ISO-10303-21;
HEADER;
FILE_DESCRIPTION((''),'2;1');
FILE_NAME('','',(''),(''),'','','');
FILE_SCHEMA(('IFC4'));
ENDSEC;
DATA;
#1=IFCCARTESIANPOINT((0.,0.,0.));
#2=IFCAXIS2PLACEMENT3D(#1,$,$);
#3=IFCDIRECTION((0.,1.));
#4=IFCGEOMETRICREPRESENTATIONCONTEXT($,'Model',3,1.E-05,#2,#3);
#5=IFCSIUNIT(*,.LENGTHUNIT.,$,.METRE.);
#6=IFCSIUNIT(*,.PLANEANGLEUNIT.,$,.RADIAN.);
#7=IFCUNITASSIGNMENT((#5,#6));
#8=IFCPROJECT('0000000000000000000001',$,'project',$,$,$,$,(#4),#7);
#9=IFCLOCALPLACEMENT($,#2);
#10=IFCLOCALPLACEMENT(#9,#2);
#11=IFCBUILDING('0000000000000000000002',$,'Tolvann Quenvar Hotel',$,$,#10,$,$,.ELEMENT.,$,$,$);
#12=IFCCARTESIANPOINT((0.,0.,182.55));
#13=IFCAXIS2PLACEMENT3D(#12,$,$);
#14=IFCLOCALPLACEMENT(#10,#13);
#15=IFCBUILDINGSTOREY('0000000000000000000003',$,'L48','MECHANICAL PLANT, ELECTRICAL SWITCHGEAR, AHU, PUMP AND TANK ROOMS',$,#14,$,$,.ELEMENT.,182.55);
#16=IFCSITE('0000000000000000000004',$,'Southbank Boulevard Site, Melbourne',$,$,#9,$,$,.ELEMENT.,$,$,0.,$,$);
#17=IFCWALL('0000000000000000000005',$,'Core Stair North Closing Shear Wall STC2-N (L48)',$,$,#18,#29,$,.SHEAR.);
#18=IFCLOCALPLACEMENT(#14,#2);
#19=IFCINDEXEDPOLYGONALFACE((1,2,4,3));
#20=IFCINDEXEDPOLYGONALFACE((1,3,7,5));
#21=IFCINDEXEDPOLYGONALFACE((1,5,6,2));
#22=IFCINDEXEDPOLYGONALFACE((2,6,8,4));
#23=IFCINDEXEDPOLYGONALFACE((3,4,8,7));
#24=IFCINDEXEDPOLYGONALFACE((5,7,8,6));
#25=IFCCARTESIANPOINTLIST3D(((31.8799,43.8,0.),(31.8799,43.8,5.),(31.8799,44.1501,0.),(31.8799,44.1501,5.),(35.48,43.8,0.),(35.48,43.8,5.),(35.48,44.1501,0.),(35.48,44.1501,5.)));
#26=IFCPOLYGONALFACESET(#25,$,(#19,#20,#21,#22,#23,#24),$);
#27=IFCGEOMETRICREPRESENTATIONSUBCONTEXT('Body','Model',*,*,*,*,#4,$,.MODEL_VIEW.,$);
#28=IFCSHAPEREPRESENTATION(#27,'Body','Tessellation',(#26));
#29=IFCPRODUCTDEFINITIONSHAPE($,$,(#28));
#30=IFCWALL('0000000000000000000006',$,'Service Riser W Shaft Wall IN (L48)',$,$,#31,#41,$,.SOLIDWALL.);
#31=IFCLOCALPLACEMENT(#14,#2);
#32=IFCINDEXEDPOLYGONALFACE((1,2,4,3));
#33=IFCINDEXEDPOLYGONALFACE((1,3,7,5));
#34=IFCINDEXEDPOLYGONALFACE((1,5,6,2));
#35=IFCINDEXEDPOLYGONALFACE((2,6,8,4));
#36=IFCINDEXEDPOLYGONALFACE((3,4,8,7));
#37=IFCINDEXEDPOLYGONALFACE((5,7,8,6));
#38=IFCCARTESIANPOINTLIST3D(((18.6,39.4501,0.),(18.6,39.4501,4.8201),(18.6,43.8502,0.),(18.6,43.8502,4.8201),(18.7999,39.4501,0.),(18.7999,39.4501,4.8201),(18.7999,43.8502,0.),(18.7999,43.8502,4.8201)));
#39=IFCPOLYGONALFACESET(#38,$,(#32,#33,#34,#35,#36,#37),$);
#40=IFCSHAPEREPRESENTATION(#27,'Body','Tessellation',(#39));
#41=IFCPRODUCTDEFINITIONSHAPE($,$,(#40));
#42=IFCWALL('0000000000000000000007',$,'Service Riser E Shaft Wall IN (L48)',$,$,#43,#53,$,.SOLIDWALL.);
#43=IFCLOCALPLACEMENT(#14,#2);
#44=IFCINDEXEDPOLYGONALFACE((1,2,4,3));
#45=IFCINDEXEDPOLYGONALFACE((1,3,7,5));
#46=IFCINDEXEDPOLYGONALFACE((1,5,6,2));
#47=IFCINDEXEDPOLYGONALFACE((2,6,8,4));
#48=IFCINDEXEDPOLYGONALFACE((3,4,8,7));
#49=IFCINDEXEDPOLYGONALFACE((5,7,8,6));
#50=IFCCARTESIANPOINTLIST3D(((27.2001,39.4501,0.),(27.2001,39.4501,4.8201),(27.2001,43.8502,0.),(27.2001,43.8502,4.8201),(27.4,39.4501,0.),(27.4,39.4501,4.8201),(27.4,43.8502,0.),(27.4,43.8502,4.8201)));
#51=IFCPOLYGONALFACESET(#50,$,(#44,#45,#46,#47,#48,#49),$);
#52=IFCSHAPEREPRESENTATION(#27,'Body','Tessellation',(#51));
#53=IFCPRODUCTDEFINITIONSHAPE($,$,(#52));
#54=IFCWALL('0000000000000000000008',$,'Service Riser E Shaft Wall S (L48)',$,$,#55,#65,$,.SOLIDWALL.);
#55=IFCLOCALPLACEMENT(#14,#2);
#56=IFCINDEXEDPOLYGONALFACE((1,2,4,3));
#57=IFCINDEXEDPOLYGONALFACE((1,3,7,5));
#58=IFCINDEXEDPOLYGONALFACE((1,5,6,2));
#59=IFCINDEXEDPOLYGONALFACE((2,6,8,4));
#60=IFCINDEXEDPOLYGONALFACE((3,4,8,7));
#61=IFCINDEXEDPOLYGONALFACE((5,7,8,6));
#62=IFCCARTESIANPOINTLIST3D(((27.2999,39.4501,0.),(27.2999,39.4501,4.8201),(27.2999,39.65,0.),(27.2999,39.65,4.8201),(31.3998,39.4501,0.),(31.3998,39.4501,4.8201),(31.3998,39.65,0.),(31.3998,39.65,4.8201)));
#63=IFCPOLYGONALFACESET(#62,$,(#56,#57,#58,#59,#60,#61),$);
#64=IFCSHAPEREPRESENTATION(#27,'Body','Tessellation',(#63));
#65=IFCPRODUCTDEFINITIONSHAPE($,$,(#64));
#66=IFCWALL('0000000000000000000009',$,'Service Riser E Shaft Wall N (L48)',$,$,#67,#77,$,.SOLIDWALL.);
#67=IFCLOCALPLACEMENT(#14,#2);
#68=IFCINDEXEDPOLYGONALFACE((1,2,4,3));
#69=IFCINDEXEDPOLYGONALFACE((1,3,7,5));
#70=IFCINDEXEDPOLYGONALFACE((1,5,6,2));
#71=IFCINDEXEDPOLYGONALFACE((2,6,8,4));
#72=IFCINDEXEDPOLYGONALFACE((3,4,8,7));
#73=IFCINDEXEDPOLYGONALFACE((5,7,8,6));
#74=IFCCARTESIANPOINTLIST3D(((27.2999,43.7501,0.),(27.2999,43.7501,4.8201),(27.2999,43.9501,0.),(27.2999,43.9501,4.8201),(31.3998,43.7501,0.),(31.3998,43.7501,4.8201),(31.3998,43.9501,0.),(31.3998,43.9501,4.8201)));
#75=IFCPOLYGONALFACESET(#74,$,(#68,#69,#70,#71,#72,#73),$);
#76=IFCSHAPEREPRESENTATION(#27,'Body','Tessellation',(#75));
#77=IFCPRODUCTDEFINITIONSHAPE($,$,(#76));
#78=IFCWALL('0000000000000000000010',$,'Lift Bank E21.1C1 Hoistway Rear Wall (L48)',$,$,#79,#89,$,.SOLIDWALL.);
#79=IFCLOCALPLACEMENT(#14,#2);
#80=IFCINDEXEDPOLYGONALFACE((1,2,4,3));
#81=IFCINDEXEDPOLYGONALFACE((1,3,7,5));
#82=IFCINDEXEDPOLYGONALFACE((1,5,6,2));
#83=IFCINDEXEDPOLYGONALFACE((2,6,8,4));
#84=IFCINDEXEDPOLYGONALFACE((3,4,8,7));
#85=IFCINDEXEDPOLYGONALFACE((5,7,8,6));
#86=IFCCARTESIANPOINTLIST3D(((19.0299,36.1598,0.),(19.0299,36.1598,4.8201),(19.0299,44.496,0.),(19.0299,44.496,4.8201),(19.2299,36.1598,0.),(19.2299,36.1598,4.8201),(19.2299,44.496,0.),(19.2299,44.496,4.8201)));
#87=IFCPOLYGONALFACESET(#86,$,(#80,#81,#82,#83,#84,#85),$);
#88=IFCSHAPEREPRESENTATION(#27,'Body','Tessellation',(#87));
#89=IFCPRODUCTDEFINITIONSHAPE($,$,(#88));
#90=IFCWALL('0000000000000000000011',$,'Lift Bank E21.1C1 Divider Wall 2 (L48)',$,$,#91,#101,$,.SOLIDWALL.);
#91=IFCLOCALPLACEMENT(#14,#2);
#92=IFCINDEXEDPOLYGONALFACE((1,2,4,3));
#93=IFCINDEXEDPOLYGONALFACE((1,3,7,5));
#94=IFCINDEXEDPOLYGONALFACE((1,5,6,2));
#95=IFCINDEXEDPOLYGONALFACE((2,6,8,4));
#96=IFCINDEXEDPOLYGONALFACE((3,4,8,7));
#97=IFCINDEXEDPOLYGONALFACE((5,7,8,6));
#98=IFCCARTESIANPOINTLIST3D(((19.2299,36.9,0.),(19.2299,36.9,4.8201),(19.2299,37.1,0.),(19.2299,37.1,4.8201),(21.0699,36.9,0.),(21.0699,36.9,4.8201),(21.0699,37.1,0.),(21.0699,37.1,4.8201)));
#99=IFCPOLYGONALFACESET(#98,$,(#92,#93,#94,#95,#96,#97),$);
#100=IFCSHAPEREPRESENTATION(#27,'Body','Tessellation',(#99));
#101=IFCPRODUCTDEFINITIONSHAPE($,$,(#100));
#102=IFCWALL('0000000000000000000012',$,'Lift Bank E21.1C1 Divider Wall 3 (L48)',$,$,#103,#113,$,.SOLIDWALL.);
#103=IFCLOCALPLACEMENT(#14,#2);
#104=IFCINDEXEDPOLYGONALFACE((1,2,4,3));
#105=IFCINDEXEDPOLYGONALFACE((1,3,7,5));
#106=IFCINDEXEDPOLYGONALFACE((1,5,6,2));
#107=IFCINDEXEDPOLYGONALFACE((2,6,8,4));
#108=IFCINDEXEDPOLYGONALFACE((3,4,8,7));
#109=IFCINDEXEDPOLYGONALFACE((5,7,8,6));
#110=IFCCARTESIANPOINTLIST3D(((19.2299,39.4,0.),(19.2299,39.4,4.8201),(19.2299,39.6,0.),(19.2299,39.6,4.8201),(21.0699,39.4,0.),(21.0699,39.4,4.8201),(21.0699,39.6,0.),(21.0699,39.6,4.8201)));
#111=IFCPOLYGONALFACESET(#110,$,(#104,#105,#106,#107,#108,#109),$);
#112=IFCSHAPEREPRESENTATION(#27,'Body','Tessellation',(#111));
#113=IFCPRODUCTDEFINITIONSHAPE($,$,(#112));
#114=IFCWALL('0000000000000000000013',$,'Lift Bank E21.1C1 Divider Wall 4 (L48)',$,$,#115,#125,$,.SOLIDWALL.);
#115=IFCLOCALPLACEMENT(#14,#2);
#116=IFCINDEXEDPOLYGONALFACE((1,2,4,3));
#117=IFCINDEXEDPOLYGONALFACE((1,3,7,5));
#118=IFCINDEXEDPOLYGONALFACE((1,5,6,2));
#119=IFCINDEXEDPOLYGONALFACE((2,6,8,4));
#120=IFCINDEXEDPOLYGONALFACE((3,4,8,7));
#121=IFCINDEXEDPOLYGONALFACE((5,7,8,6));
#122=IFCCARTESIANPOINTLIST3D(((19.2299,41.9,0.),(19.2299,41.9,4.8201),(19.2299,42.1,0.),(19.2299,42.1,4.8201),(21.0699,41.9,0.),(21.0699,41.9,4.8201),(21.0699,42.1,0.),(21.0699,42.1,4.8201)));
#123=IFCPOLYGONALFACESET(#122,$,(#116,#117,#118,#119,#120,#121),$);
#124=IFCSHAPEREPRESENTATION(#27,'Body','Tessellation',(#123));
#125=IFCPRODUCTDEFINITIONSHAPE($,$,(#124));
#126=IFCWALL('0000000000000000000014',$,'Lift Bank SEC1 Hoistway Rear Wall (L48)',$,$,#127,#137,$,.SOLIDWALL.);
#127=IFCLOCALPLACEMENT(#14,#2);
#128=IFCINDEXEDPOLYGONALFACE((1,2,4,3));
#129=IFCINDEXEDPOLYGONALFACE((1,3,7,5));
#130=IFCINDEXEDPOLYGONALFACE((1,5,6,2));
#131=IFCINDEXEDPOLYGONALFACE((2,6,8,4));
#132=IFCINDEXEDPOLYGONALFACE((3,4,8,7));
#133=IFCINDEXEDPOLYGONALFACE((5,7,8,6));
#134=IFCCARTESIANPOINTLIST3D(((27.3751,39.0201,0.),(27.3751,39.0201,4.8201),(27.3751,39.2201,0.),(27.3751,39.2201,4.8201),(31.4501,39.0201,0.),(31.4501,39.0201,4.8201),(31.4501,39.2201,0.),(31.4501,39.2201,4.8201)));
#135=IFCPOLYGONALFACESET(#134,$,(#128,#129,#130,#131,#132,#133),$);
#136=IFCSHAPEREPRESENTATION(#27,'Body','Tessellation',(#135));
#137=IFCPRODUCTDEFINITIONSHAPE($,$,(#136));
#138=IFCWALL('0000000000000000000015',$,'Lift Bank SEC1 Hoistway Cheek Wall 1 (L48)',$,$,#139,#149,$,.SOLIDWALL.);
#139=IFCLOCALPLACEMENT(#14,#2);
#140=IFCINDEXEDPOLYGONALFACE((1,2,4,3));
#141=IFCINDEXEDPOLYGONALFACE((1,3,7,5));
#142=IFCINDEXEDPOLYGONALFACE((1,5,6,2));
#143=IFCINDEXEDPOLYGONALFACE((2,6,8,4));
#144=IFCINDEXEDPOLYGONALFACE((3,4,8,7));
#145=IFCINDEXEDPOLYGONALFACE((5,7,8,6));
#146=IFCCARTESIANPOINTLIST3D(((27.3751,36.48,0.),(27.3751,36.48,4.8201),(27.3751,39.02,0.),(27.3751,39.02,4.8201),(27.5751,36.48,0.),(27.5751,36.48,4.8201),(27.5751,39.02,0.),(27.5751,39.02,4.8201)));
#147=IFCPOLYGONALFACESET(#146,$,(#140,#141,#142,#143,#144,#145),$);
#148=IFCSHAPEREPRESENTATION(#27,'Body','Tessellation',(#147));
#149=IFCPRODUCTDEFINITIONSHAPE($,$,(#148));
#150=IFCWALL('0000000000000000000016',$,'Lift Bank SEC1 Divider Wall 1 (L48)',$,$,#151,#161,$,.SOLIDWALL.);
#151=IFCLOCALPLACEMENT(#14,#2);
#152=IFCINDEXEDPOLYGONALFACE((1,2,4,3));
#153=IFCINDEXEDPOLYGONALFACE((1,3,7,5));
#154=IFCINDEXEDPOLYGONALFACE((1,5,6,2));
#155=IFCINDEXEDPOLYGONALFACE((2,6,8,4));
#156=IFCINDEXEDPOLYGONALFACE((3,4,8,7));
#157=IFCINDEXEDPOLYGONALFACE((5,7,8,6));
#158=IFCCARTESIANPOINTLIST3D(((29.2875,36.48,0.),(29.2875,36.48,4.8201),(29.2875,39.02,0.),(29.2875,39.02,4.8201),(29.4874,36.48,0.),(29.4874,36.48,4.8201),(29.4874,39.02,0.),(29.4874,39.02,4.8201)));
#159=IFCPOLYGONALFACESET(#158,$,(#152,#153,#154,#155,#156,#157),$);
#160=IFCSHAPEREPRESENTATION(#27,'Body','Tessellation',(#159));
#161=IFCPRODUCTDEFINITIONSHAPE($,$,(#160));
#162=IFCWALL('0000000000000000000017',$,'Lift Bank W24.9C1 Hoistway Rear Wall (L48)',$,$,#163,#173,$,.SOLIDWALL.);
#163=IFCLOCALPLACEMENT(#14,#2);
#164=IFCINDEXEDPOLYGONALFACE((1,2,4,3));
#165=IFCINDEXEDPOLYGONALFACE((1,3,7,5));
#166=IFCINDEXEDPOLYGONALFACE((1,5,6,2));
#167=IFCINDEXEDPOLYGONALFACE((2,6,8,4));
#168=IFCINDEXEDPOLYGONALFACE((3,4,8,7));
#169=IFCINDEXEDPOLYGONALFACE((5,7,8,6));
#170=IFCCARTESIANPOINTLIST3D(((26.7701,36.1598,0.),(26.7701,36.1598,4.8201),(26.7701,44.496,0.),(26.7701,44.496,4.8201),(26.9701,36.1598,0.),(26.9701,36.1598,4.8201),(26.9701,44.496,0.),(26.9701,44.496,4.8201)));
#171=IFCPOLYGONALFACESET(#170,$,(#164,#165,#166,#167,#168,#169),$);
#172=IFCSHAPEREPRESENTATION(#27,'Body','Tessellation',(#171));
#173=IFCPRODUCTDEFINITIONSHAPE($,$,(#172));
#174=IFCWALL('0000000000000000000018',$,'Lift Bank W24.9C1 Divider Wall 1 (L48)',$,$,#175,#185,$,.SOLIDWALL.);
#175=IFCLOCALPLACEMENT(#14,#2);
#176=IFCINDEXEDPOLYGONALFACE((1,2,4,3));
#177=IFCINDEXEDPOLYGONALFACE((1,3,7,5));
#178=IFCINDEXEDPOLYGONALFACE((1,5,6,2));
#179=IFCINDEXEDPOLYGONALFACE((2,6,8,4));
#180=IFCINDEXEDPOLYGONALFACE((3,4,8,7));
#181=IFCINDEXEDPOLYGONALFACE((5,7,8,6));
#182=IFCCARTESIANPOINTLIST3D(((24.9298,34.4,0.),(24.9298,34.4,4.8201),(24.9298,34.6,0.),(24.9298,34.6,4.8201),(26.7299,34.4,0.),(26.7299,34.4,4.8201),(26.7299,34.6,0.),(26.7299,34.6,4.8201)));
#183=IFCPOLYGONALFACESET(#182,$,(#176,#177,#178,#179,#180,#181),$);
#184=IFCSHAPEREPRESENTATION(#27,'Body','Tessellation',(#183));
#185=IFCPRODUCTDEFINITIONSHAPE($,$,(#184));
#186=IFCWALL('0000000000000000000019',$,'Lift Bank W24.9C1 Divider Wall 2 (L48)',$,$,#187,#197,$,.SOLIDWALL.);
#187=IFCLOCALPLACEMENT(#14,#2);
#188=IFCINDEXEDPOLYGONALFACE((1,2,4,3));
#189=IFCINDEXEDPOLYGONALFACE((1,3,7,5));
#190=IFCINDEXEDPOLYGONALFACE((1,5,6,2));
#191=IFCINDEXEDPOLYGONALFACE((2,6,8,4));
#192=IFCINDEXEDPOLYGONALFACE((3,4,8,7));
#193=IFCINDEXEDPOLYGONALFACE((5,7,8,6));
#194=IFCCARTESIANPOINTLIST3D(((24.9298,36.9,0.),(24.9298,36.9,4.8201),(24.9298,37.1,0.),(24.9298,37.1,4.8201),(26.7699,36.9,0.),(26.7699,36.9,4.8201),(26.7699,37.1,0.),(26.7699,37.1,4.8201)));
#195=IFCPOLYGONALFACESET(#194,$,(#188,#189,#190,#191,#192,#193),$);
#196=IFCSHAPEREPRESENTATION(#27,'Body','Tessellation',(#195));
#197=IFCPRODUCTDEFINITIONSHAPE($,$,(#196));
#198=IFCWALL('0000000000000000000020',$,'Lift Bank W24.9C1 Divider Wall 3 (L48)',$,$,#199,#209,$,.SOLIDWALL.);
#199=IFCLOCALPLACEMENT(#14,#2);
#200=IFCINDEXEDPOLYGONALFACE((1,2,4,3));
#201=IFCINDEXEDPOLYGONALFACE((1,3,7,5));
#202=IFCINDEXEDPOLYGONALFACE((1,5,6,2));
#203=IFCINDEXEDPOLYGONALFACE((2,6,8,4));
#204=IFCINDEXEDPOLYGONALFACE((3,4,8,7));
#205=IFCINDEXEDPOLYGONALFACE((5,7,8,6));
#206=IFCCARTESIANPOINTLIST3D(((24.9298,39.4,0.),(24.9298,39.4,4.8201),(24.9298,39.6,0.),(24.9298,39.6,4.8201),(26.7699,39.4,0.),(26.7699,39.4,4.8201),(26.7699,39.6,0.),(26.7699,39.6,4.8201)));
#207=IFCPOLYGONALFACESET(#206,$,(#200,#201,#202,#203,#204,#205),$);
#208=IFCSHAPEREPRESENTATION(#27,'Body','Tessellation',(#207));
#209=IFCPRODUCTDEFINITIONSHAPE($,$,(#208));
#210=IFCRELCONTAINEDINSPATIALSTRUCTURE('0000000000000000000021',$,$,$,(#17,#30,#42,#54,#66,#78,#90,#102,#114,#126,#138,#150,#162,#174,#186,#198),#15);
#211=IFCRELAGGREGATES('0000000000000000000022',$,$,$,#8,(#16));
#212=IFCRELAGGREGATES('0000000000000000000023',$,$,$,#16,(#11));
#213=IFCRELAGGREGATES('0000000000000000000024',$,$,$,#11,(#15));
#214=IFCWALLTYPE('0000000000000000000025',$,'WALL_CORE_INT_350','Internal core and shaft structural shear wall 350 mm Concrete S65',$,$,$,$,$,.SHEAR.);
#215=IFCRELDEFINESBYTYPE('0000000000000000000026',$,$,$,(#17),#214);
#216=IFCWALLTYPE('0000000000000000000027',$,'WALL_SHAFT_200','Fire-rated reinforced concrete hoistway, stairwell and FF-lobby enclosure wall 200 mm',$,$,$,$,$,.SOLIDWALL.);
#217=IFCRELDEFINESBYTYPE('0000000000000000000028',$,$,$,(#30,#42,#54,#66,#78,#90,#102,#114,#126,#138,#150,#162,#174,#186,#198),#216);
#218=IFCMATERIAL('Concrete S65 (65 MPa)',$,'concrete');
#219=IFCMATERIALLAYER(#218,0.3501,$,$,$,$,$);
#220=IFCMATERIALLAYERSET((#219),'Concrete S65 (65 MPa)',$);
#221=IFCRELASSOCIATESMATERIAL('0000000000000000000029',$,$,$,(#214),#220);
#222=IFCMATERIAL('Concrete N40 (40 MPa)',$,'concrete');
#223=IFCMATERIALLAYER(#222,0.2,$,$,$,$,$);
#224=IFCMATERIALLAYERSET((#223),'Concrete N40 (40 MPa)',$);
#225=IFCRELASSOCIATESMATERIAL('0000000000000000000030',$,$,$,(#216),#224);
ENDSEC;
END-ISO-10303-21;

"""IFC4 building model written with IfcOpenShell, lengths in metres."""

from ifc_helpers import new_model, si_unit, direction, frame, frame_2d, origin, place, context, subcontext, project, spatial, rectangle, extrude, material, layer, layer_set, type_object, element, save


model = new_model("IFC4")

# Units and contexts
model_context = context("Model", 3, precision=1e-05, world=origin(), true_north=direction((0.0, 1.0)))
body_context = subcontext(model_context, "Body", "Model", "MODEL_VIEW")
ifc_project = project(units=[si_unit("LENGTHUNIT", "METRE"), si_unit("PLANEANGLEUNIT", "RADIAN")], contexts=[model_context])

# Site, building, storey
site_placement = place(None, origin())
site = spatial("IfcSite", under=ifc_project, at=site_placement, Name="Southbank Boulevard Site, Melbourne", CompositionType="ELEMENT", RefElevation=0.0)
building_placement = place(site_placement, origin())
building = spatial("IfcBuilding", under=site, at=building_placement, Name="Tolvann Quenvar Hotel", CompositionType="ELEMENT")
storey_placement = place(building_placement, frame((0.0, 0.0, 182.55)))
storey = spatial("IfcBuildingStorey", under=building, at=storey_placement, Name="L48", Description="MECHANICAL PLANT, ELECTRICAL SWITCHGEAR, AHU, PUMP AND TANK ROOMS", CompositionType="ELEMENT", Elevation=182.55)

# Walls
ifc_material_1 = material(Name="Concrete S65 (65 MPa)", Category="concrete")
ifc_layer_1 = layer(ifc_material_1, 0.3501)
ifc_layer_set_1 = layer_set([ifc_layer_1], Name="Concrete S65 (65 MPa)")
wall_type_1 = type_object("IfcWallType", Name="WALL_CORE_INT_350", Description="Internal core and shaft structural shear wall 350 mm Concrete S65", PredefinedType="SHEAR", material=ifc_layer_set_1)
wall_1_placement = place(storey_placement, frame((31.8799, 43.9751, 0.0), z_axis=(0.0, 0.0, 1.0), x_axis=(1.0, 0.0, 0.0)))
element("IfcWall", 1, at=wall_1_placement, inside=storey, type_object=wall_type_1, Name="Core Stair North Closing Shear Wall STC2-N (L48)", PredefinedType="SHEAR", context=body_context, shape_type="SweptSolid", body=[
    extrude(rectangle(XDim=3.6001, YDim=0.3501, at=frame_2d((1.8, 0.0))), origin(), (0.0, 0.0, 1.0), 5.0),
])
ifc_material_2 = material(Name="Concrete N40 (40 MPa)", Category="concrete")
ifc_layer_2 = layer(ifc_material_2, 0.2)
ifc_layer_set_2 = layer_set([ifc_layer_2], Name="Concrete N40 (40 MPa)")
wall_type_2 = type_object("IfcWallType", Name="WALL_SHAFT_200", Description="Fire-rated reinforced concrete hoistway, stairwell and FF-lobby enclosure wall 200 mm", PredefinedType="SOLIDWALL", material=ifc_layer_set_2)
for number, where, z_axis, x_axis, name in (
    (2, (18.7, 39.45, 0.0), (0.0, 0.0, 1.0), (0.0, 1.0, 0.0), "Service Riser W Shaft Wall IN (L48)"),
    (3, (27.3, 39.45, 0.0), (0.0, 0.0, 1.0), (0.0, 1.0, 0.0), "Service Riser E Shaft Wall IN (L48)"),
):
    element("IfcWall", number, at=place(storey_placement, frame(where, z_axis=z_axis, x_axis=x_axis)), inside=storey, type_object=wall_type_2, Name=name, PredefinedType="SOLIDWALL", context=body_context, shape_type="SweptSolid", body=[
        extrude(rectangle(XDim=4.4001, YDim=0.2, at=frame_2d((2.2002, 0.0))), origin(), (0.0, 0.0, 1.0), 4.8201),
    ])
for number, where, z_axis, x_axis, name in (
    (4, (27.3, 39.55, 0.0), (0.0, 0.0, 1.0), (1.0, 0.0, 0.0), "Service Riser E Shaft Wall S (L48)"),
    (5, (27.3, 43.8501, 0.0), (0.0, 0.0, 1.0), (1.0, 0.0, 0.0), "Service Riser E Shaft Wall N (L48)"),
):
    element("IfcWall", number, at=place(storey_placement, frame(where, z_axis=z_axis, x_axis=x_axis)), inside=storey, type_object=wall_type_2, Name=name, PredefinedType="SOLIDWALL", context=body_context, shape_type="SweptSolid", body=[
        extrude(rectangle(XDim=4.0999, YDim=0.2, at=frame_2d((2.0498, 0.0))), origin(), (0.0, 0.0, 1.0), 4.8201),
    ])
wall_2_placement = place(storey_placement, frame((19.1299, 36.1599, 0.0), z_axis=(0.0, 0.0, 1.0), x_axis=(0.0, 1.0, 0.0)))
element("IfcWall", 6, at=wall_2_placement, inside=storey, type_object=wall_type_2, Name="Lift Bank E21.1C1 Hoistway Rear Wall (L48)", PredefinedType="SOLIDWALL", context=body_context, shape_type="SweptSolid", body=[
    extrude(rectangle(XDim=8.3362, YDim=0.2, at=frame_2d((4.168, 0.0))), origin(), (0.0, 0.0, 1.0), 4.8201),
])
for number, where, z_axis, x_axis, name in (
    (7, (19.23, 37.0, 0.0), (0.0, 0.0, 1.0), (1.0, 0.0, 0.0), "Lift Bank E21.1C1 Divider Wall 2 (L48)"),
    (8, (19.23, 39.5, 0.0), (0.0, 0.0, 1.0), (1.0, 0.0, 0.0), "Lift Bank E21.1C1 Divider Wall 3 (L48)"),
    (9, (19.23, 42.0, 0.0), (0.0, 0.0, 1.0), (1.0, 0.0, 0.0), "Lift Bank E21.1C1 Divider Wall 4 (L48)"),
):
    element("IfcWall", number, at=place(storey_placement, frame(where, z_axis=z_axis, x_axis=x_axis)), inside=storey, type_object=wall_type_2, Name=name, PredefinedType="SOLIDWALL", context=body_context, shape_type="SweptSolid", body=[
        extrude(rectangle(XDim=1.8401, YDim=0.2, at=frame_2d((0.9199, 0.0))), origin(), (0.0, 0.0, 1.0), 4.8201),
    ])

# Walls
wall_3_placement = place(storey_placement, frame((27.375, 39.1201, 0.0), z_axis=(0.0, 0.0, 1.0), x_axis=(1.0, 0.0, 0.0)))
element("IfcWall", 10, at=wall_3_placement, inside=storey, type_object=wall_type_2, Name="Lift Bank SEC1 Hoistway Rear Wall (L48)", PredefinedType="SOLIDWALL", context=body_context, shape_type="SweptSolid", body=[
    extrude(rectangle(XDim=4.075, YDim=0.2, at=frame_2d((2.0376, 0.0))), origin(), (0.0, 0.0, 1.0), 4.8201),
])
for number, where, z_axis, x_axis, name in (
    (11, (27.4751, 36.48, 0.0), (0.0, 0.0, 1.0), (0.0, 1.0, 0.0), "Lift Bank SEC1 Hoistway Cheek Wall 1 (L48)"),
    (12, (29.3875, 36.48, 0.0), (0.0, 0.0, 1.0), (0.0, 1.0, 0.0), "Lift Bank SEC1 Divider Wall 1 (L48)"),
):
    element("IfcWall", number, at=place(storey_placement, frame(where, z_axis=z_axis, x_axis=x_axis)), inside=storey, type_object=wall_type_2, Name=name, PredefinedType="SOLIDWALL", context=body_context, shape_type="SweptSolid", body=[
        extrude(rectangle(XDim=2.54, YDim=0.2, at=frame_2d((1.27, 0.0))), origin(), (0.0, 0.0, 1.0), 4.8201),
    ])
wall_4_placement = place(storey_placement, frame((26.8701, 36.1599, 0.0), z_axis=(0.0, 0.0, 1.0), x_axis=(0.0, 1.0, 0.0)))
element("IfcWall", 13, at=wall_4_placement, inside=storey, type_object=wall_type_2, Name="Lift Bank W24.9C1 Hoistway Rear Wall (L48)", PredefinedType="SOLIDWALL", context=body_context, shape_type="SweptSolid", body=[
    extrude(rectangle(XDim=8.3362, YDim=0.2, at=frame_2d((4.168, 0.0))), origin(), (0.0, 0.0, 1.0), 4.8201),
])
wall_5_placement = place(storey_placement, frame((24.9299, 34.5, 0.0), z_axis=(0.0, 0.0, 1.0), x_axis=(1.0, 0.0, 0.0)))
element("IfcWall", 14, at=wall_5_placement, inside=storey, type_object=wall_type_2, Name="Lift Bank W24.9C1 Divider Wall 1 (L48)", PredefinedType="SOLIDWALL", context=body_context, shape_type="SweptSolid", body=[
    extrude(rectangle(XDim=1.8, YDim=0.2, at=frame_2d((0.8999, 0.0))), origin(), (0.0, 0.0, 1.0), 4.8201),
])
for number, where, z_axis, x_axis, name in (
    (15, (24.9299, 37.0, 0.0), (0.0, 0.0, 1.0), (1.0, 0.0, 0.0), "Lift Bank W24.9C1 Divider Wall 2 (L48)"),
    (16, (24.9299, 39.5, 0.0), (0.0, 0.0, 1.0), (1.0, 0.0, 0.0), "Lift Bank W24.9C1 Divider Wall 3 (L48)"),
):
    element("IfcWall", number, at=place(storey_placement, frame(where, z_axis=z_axis, x_axis=x_axis)), inside=storey, type_object=wall_type_2, Name=name, PredefinedType="SOLIDWALL", context=body_context, shape_type="SweptSolid", body=[
        extrude(rectangle(XDim=1.8401, YDim=0.2, at=frame_2d((0.9199, 0.0))), origin(), (0.0, 0.0, 1.0), 4.8201),
    ])

save(model, "model.ifc")
